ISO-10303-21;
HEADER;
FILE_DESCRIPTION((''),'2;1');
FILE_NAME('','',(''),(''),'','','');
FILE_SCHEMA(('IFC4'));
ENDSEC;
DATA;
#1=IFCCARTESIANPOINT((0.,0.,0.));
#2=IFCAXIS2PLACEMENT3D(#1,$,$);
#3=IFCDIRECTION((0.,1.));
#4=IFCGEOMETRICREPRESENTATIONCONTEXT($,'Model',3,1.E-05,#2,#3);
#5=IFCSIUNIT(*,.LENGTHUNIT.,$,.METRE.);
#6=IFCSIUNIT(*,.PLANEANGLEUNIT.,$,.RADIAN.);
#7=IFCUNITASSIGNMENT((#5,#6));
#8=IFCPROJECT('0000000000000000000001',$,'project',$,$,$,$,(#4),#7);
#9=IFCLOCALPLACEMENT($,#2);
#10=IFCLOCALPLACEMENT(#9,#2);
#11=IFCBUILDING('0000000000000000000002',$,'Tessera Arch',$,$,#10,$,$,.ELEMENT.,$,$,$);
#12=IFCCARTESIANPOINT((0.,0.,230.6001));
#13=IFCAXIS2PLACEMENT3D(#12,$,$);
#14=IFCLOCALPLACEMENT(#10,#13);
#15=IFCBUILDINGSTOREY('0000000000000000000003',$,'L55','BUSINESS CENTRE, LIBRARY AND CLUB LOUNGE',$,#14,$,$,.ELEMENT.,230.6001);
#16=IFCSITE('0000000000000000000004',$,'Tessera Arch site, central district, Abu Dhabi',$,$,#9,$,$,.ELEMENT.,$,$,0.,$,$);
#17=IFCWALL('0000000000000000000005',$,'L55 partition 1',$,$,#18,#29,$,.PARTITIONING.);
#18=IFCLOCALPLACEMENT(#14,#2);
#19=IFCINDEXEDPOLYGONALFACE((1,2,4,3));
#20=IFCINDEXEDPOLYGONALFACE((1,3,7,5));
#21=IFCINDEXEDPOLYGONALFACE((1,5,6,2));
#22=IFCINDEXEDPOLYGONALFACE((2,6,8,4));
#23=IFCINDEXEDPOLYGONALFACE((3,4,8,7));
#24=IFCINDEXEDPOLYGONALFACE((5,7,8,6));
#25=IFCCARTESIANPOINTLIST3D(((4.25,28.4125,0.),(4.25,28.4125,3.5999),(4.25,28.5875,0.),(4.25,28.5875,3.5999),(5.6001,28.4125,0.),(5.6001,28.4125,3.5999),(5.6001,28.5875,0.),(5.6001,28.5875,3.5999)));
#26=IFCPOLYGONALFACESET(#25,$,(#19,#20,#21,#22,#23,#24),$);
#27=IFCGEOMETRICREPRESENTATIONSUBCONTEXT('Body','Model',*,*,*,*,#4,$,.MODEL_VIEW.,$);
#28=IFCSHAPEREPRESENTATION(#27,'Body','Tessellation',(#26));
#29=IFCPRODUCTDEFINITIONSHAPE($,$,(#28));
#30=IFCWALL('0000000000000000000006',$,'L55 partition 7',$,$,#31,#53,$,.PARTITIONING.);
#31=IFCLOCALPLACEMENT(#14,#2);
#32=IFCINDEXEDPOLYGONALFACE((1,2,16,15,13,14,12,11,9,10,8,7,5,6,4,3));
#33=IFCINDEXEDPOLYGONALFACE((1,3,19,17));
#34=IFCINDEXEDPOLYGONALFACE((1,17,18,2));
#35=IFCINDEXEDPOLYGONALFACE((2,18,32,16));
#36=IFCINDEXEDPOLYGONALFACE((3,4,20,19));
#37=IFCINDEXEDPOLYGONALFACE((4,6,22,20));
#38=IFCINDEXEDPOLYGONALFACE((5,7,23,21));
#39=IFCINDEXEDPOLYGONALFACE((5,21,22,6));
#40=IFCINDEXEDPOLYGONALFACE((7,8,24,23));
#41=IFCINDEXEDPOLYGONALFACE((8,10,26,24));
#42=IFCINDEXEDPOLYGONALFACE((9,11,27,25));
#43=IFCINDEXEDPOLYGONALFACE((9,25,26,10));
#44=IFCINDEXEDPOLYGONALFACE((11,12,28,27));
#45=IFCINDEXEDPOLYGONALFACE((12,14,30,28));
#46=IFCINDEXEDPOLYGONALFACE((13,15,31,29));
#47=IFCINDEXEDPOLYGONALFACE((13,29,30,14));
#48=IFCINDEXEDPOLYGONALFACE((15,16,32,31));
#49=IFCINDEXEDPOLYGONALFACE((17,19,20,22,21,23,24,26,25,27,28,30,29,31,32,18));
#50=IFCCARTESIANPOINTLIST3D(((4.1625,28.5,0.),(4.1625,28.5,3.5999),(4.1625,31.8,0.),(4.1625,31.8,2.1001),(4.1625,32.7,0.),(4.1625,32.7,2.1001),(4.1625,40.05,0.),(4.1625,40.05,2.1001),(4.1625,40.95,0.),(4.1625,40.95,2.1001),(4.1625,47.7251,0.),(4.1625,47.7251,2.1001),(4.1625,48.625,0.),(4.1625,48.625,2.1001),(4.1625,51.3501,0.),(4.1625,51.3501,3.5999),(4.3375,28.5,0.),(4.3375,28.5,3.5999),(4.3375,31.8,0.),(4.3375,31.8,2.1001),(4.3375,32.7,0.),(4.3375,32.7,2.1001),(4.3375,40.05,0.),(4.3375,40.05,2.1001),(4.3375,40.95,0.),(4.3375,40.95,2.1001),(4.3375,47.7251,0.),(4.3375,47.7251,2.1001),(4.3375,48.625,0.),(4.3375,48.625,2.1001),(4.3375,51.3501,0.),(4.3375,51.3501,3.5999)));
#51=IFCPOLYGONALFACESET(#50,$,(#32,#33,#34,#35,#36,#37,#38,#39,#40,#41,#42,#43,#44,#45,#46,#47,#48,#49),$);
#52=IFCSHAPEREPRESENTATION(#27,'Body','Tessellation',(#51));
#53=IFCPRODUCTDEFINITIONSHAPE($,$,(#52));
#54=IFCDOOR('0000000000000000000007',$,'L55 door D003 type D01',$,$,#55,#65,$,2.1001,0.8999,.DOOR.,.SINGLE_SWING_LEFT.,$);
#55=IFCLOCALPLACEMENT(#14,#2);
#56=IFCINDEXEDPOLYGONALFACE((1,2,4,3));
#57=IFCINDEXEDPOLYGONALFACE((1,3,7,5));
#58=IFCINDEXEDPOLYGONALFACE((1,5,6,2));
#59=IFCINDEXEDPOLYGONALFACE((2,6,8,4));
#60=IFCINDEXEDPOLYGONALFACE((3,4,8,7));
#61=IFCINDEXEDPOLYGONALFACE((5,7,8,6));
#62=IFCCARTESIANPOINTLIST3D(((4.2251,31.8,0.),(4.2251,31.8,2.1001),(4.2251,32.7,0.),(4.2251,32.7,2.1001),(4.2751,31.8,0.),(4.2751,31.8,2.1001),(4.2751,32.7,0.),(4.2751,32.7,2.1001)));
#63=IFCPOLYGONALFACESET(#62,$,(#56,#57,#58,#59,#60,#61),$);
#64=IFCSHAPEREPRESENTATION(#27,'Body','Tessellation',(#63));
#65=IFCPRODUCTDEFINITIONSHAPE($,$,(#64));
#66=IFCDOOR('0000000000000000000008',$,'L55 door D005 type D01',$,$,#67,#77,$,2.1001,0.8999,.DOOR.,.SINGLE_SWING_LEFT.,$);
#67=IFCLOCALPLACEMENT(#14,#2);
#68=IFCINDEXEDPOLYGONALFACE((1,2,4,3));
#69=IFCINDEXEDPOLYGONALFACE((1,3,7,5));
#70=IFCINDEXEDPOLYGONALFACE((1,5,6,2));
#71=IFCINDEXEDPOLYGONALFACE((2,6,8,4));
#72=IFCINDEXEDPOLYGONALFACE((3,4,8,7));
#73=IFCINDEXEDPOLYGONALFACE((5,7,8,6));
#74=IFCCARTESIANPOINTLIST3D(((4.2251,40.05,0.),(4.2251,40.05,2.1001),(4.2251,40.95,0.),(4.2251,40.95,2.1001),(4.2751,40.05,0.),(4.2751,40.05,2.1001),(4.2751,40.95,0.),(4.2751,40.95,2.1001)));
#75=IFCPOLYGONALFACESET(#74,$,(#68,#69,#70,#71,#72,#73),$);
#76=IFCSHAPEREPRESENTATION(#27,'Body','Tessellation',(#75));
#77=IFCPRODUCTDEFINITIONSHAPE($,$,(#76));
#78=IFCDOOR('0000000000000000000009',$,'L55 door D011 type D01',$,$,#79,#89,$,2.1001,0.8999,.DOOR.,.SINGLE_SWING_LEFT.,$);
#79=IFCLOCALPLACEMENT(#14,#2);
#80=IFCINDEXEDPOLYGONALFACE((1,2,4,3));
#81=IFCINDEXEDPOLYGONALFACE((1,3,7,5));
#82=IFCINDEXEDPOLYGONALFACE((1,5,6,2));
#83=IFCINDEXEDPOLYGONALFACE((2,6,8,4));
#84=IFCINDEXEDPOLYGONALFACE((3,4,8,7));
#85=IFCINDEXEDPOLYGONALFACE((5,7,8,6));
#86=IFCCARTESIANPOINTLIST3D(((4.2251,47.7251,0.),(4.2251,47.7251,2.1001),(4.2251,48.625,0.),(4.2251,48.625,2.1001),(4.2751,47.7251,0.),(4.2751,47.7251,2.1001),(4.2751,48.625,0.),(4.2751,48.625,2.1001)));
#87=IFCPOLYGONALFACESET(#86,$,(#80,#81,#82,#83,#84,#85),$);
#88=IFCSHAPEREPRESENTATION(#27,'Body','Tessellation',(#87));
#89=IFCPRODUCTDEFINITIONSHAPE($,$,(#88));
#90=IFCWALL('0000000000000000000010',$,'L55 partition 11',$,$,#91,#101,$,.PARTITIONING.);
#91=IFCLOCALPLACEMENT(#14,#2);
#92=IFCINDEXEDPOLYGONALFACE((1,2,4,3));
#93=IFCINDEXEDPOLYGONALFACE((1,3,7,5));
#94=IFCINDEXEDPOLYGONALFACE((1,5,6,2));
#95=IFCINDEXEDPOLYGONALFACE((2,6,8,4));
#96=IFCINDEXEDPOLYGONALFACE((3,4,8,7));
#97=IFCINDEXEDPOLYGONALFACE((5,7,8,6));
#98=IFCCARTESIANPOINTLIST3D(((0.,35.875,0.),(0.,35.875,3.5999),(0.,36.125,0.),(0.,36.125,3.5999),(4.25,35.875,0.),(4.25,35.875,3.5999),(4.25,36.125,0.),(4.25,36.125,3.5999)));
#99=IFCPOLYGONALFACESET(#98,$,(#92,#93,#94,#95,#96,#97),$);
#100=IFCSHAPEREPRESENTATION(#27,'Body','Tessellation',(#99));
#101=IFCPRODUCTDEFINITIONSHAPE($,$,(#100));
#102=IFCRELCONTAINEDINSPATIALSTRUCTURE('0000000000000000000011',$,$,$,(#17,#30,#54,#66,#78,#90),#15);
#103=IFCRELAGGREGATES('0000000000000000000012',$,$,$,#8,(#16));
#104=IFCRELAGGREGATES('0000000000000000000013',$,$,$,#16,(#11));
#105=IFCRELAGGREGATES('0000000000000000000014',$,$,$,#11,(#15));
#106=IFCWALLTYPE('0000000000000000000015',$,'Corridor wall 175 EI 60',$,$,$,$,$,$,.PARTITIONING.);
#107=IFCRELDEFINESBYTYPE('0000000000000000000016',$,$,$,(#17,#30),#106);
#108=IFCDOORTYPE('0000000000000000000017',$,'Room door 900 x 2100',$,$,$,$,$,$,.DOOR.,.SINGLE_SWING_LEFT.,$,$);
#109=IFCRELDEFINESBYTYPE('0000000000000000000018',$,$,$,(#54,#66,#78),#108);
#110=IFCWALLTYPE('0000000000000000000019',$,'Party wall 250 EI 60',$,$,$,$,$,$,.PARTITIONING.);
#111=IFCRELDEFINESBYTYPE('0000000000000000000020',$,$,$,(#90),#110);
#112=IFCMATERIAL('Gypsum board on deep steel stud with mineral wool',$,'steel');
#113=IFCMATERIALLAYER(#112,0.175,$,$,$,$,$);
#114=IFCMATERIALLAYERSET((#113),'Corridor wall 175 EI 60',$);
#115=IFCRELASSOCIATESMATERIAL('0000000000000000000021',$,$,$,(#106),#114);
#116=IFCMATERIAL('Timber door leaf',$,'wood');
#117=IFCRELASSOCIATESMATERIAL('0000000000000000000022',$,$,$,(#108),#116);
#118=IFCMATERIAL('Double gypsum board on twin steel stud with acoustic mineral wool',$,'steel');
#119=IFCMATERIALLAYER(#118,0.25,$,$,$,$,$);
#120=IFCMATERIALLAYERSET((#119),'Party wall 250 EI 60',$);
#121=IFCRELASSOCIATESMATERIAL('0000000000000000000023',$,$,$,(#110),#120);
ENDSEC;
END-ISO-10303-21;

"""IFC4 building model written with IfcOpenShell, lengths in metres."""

from ifc_helpers import new_model, si_unit, direction, frame, frame_2d, origin, place, context, subcontext, project, spatial, rectangle, extrude, material, layer, layer_set, type_object, element, fill, save


model = new_model("IFC4")

# Units and contexts
model_context = context("Model", 3, precision=1e-05, world=origin(), true_north=direction((0.0, 1.0)))
body_context = subcontext(model_context, "Body", "Model", "MODEL_VIEW")
ifc_project = project(units=[si_unit("LENGTHUNIT", "METRE"), si_unit("PLANEANGLEUNIT", "RADIAN")], contexts=[model_context])

# Site, building, storey
site_placement = place(None, origin())
site = spatial("IfcSite", under=ifc_project, at=site_placement, Name="Tessera Arch site, central district, Abu Dhabi", CompositionType="ELEMENT", RefElevation=0.0)
building_placement = place(site_placement, origin())
building = spatial("IfcBuilding", under=site, at=building_placement, Name="Tessera Arch", CompositionType="ELEMENT")
storey_placement = place(building_placement, frame((0.0, 0.0, 230.6001)))
storey = spatial("IfcBuildingStorey", under=building, at=storey_placement, Name="L55", Description="BUSINESS CENTRE, LIBRARY AND CLUB LOUNGE", CompositionType="ELEMENT", Elevation=230.6001)

# Wall
ifc_material_1 = material(Name="Gypsum board on deep steel stud with mineral wool", Category="steel")
ifc_layer_1 = layer(ifc_material_1, 0.175)
ifc_layer_set_1 = layer_set([ifc_layer_1], Name="Corridor wall 175 EI 60")
wall_type_1 = type_object("IfcWallType", Name="Corridor wall 175 EI 60", PredefinedType="PARTITIONING", material=ifc_layer_set_1)
wall_1_placement = place(storey_placement, frame((4.25, 28.5, 0.0), z_axis=(0.0, 0.0, 1.0), x_axis=(1.0, 0.0, 0.0)))
element("IfcWall", 1, at=wall_1_placement, inside=storey, type_object=wall_type_1, Name="L55 partition 1", PredefinedType="PARTITIONING", context=body_context, shape_type="SweptSolid", body=[
    extrude(rectangle(XDim=1.3501, YDim=0.175, at=frame_2d((0.675, 0.0))), origin(), (0.0, 0.0, 1.0), 3.5999),
])

# Wall, openings, doors
wall_2_placement = place(storey_placement, frame((4.25, 28.5, 0.0), z_axis=(0.0, 0.0, 1.0), x_axis=(0.0, 1.0, 0.0)))
wall_2 = element("IfcWall", 2, at=wall_2_placement, inside=storey, type_object=wall_type_1, Name="L55 partition 7", PredefinedType="PARTITIONING", context=body_context, shape_type="SweptSolid", body=[
    extrude(rectangle(XDim=22.8501, YDim=0.175, at=frame_2d((11.425, 0.0))), origin(), (0.0, 0.0, 1.0), 3.5999),
])
opening_1_placement = place(wall_2_placement, frame((3.3, 0.0, 0.0)))
opening_1 = element("IfcOpeningElement", 3, at=opening_1_placement, cuts=wall_2, PredefinedType="OPENING", context=body_context, shape_type="SweptSolid", body=[
    extrude(rectangle(XDim=0.8999, YDim=2.1001, at=frame_2d((0.45, 1.05))), frame((0.0, 0.0974, 0.0), z_axis=(0.0, -1.0, 0.0), x_axis=(1.0, 0.0, 0.0)), (0.0, 0.0, 1.0), 0.1951),
])
opening_2_placement = place(wall_2_placement, frame((11.55, 0.0, 0.0)))
opening_2 = element("IfcOpeningElement", 4, at=opening_2_placement, cuts=wall_2, PredefinedType="OPENING", context=body_context, shape_type="SweptSolid", body=[
    extrude(rectangle(XDim=0.8999, YDim=2.1001, at=frame_2d((0.45, 1.05))), frame((0.0, 0.0974, 0.0), z_axis=(0.0, -1.0, 0.0), x_axis=(1.0, 0.0, 0.0)), (0.0, 0.0, 1.0), 0.1951),
])
opening_3_placement = place(wall_2_placement, frame((19.2251, 0.0, 0.0)))
opening_3 = element("IfcOpeningElement", 5, at=opening_3_placement, cuts=wall_2, PredefinedType="OPENING", context=body_context, shape_type="SweptSolid", body=[
    extrude(rectangle(XDim=0.8999, YDim=2.1001, at=frame_2d((0.45, 1.05))), frame((0.0, 0.0974, 0.0), z_axis=(0.0, -1.0, 0.0), x_axis=(1.0, 0.0, 0.0)), (0.0, 0.0, 1.0), 0.1951),
])
ifc_material_2 = material(Name="Timber door leaf", Category="wood")
door_type_1 = type_object("IfcDoorType", Name="Room door 900 x 2100", OperationType="SINGLE_SWING_LEFT", PredefinedType="DOOR", material=ifc_material_2)
door_1_placement = place(opening_1_placement, origin())
door_1 = element("IfcDoor", 6, at=door_1_placement, inside=storey, type_object=door_type_1, Name="L55 door D003 type D01", OperationType="SINGLE_SWING_LEFT", OverallHeight=2.1001, OverallWidth=0.8999, PredefinedType="DOOR", context=body_context, shape_type="SweptSolid", body=[
    extrude(rectangle(XDim=0.8999, YDim=2.1001, at=frame_2d((0.45, 1.05))), frame((0.0, 0.0249, 0.0), z_axis=(0.0, -1.0, 0.0), x_axis=(1.0, 0.0, 0.0)), (0.0, 0.0, 1.0), 0.05),
])
fill(opening_1, door_1)
door_2_placement = place(opening_2_placement, origin())
door_2 = element("IfcDoor", 7, at=door_2_placement, inside=storey, type_object=door_type_1, Name="L55 door D005 type D01", OperationType="SINGLE_SWING_LEFT", OverallHeight=2.1001, OverallWidth=0.8999, PredefinedType="DOOR", context=body_context, shape_type="SweptSolid", body=[
    extrude(rectangle(XDim=0.8999, YDim=2.1001, at=frame_2d((0.45, 1.05))), frame((0.0, 0.0249, 0.0), z_axis=(0.0, -1.0, 0.0), x_axis=(1.0, 0.0, 0.0)), (0.0, 0.0, 1.0), 0.05),
])
fill(opening_2, door_2)
door_3_placement = place(opening_3_placement, origin())
door_3 = element("IfcDoor", 8, at=door_3_placement, inside=storey, type_object=door_type_1, Name="L55 door D011 type D01", OperationType="SINGLE_SWING_LEFT", OverallHeight=2.1001, OverallWidth=0.8999, PredefinedType="DOOR", context=body_context, shape_type="SweptSolid", body=[
    extrude(rectangle(XDim=0.8999, YDim=2.1001, at=frame_2d((0.45, 1.05))), frame((0.0, 0.0249, 0.0), z_axis=(0.0, -1.0, 0.0), x_axis=(1.0, 0.0, 0.0)), (0.0, 0.0, 1.0), 0.05),
])
fill(opening_3, door_3)

# Wall
ifc_material_3 = material(Name="Double gypsum board on twin steel stud with acoustic mineral wool", Category="steel")
ifc_layer_2 = layer(ifc_material_3, 0.25)
ifc_layer_set_2 = layer_set([ifc_layer_2], Name="Party wall 250 EI 60")
wall_type_2 = type_object("IfcWallType", Name="Party wall 250 EI 60", PredefinedType="PARTITIONING", material=ifc_layer_set_2)
wall_3_placement = place(storey_placement, frame((0.0, 36.0, 0.0), z_axis=(0.0, 0.0, 1.0), x_axis=(1.0, 0.0, 0.0)))
element("IfcWall", 9, at=wall_3_placement, inside=storey, type_object=wall_type_2, Name="L55 partition 11", PredefinedType="PARTITIONING", context=body_context, shape_type="SweptSolid", body=[
    extrude(rectangle(XDim=4.25, YDim=0.25, at=frame_2d((2.125, 0.0))), origin(), (0.0, 0.0, 1.0), 3.5999),
])

save(model, "model.ifc")
